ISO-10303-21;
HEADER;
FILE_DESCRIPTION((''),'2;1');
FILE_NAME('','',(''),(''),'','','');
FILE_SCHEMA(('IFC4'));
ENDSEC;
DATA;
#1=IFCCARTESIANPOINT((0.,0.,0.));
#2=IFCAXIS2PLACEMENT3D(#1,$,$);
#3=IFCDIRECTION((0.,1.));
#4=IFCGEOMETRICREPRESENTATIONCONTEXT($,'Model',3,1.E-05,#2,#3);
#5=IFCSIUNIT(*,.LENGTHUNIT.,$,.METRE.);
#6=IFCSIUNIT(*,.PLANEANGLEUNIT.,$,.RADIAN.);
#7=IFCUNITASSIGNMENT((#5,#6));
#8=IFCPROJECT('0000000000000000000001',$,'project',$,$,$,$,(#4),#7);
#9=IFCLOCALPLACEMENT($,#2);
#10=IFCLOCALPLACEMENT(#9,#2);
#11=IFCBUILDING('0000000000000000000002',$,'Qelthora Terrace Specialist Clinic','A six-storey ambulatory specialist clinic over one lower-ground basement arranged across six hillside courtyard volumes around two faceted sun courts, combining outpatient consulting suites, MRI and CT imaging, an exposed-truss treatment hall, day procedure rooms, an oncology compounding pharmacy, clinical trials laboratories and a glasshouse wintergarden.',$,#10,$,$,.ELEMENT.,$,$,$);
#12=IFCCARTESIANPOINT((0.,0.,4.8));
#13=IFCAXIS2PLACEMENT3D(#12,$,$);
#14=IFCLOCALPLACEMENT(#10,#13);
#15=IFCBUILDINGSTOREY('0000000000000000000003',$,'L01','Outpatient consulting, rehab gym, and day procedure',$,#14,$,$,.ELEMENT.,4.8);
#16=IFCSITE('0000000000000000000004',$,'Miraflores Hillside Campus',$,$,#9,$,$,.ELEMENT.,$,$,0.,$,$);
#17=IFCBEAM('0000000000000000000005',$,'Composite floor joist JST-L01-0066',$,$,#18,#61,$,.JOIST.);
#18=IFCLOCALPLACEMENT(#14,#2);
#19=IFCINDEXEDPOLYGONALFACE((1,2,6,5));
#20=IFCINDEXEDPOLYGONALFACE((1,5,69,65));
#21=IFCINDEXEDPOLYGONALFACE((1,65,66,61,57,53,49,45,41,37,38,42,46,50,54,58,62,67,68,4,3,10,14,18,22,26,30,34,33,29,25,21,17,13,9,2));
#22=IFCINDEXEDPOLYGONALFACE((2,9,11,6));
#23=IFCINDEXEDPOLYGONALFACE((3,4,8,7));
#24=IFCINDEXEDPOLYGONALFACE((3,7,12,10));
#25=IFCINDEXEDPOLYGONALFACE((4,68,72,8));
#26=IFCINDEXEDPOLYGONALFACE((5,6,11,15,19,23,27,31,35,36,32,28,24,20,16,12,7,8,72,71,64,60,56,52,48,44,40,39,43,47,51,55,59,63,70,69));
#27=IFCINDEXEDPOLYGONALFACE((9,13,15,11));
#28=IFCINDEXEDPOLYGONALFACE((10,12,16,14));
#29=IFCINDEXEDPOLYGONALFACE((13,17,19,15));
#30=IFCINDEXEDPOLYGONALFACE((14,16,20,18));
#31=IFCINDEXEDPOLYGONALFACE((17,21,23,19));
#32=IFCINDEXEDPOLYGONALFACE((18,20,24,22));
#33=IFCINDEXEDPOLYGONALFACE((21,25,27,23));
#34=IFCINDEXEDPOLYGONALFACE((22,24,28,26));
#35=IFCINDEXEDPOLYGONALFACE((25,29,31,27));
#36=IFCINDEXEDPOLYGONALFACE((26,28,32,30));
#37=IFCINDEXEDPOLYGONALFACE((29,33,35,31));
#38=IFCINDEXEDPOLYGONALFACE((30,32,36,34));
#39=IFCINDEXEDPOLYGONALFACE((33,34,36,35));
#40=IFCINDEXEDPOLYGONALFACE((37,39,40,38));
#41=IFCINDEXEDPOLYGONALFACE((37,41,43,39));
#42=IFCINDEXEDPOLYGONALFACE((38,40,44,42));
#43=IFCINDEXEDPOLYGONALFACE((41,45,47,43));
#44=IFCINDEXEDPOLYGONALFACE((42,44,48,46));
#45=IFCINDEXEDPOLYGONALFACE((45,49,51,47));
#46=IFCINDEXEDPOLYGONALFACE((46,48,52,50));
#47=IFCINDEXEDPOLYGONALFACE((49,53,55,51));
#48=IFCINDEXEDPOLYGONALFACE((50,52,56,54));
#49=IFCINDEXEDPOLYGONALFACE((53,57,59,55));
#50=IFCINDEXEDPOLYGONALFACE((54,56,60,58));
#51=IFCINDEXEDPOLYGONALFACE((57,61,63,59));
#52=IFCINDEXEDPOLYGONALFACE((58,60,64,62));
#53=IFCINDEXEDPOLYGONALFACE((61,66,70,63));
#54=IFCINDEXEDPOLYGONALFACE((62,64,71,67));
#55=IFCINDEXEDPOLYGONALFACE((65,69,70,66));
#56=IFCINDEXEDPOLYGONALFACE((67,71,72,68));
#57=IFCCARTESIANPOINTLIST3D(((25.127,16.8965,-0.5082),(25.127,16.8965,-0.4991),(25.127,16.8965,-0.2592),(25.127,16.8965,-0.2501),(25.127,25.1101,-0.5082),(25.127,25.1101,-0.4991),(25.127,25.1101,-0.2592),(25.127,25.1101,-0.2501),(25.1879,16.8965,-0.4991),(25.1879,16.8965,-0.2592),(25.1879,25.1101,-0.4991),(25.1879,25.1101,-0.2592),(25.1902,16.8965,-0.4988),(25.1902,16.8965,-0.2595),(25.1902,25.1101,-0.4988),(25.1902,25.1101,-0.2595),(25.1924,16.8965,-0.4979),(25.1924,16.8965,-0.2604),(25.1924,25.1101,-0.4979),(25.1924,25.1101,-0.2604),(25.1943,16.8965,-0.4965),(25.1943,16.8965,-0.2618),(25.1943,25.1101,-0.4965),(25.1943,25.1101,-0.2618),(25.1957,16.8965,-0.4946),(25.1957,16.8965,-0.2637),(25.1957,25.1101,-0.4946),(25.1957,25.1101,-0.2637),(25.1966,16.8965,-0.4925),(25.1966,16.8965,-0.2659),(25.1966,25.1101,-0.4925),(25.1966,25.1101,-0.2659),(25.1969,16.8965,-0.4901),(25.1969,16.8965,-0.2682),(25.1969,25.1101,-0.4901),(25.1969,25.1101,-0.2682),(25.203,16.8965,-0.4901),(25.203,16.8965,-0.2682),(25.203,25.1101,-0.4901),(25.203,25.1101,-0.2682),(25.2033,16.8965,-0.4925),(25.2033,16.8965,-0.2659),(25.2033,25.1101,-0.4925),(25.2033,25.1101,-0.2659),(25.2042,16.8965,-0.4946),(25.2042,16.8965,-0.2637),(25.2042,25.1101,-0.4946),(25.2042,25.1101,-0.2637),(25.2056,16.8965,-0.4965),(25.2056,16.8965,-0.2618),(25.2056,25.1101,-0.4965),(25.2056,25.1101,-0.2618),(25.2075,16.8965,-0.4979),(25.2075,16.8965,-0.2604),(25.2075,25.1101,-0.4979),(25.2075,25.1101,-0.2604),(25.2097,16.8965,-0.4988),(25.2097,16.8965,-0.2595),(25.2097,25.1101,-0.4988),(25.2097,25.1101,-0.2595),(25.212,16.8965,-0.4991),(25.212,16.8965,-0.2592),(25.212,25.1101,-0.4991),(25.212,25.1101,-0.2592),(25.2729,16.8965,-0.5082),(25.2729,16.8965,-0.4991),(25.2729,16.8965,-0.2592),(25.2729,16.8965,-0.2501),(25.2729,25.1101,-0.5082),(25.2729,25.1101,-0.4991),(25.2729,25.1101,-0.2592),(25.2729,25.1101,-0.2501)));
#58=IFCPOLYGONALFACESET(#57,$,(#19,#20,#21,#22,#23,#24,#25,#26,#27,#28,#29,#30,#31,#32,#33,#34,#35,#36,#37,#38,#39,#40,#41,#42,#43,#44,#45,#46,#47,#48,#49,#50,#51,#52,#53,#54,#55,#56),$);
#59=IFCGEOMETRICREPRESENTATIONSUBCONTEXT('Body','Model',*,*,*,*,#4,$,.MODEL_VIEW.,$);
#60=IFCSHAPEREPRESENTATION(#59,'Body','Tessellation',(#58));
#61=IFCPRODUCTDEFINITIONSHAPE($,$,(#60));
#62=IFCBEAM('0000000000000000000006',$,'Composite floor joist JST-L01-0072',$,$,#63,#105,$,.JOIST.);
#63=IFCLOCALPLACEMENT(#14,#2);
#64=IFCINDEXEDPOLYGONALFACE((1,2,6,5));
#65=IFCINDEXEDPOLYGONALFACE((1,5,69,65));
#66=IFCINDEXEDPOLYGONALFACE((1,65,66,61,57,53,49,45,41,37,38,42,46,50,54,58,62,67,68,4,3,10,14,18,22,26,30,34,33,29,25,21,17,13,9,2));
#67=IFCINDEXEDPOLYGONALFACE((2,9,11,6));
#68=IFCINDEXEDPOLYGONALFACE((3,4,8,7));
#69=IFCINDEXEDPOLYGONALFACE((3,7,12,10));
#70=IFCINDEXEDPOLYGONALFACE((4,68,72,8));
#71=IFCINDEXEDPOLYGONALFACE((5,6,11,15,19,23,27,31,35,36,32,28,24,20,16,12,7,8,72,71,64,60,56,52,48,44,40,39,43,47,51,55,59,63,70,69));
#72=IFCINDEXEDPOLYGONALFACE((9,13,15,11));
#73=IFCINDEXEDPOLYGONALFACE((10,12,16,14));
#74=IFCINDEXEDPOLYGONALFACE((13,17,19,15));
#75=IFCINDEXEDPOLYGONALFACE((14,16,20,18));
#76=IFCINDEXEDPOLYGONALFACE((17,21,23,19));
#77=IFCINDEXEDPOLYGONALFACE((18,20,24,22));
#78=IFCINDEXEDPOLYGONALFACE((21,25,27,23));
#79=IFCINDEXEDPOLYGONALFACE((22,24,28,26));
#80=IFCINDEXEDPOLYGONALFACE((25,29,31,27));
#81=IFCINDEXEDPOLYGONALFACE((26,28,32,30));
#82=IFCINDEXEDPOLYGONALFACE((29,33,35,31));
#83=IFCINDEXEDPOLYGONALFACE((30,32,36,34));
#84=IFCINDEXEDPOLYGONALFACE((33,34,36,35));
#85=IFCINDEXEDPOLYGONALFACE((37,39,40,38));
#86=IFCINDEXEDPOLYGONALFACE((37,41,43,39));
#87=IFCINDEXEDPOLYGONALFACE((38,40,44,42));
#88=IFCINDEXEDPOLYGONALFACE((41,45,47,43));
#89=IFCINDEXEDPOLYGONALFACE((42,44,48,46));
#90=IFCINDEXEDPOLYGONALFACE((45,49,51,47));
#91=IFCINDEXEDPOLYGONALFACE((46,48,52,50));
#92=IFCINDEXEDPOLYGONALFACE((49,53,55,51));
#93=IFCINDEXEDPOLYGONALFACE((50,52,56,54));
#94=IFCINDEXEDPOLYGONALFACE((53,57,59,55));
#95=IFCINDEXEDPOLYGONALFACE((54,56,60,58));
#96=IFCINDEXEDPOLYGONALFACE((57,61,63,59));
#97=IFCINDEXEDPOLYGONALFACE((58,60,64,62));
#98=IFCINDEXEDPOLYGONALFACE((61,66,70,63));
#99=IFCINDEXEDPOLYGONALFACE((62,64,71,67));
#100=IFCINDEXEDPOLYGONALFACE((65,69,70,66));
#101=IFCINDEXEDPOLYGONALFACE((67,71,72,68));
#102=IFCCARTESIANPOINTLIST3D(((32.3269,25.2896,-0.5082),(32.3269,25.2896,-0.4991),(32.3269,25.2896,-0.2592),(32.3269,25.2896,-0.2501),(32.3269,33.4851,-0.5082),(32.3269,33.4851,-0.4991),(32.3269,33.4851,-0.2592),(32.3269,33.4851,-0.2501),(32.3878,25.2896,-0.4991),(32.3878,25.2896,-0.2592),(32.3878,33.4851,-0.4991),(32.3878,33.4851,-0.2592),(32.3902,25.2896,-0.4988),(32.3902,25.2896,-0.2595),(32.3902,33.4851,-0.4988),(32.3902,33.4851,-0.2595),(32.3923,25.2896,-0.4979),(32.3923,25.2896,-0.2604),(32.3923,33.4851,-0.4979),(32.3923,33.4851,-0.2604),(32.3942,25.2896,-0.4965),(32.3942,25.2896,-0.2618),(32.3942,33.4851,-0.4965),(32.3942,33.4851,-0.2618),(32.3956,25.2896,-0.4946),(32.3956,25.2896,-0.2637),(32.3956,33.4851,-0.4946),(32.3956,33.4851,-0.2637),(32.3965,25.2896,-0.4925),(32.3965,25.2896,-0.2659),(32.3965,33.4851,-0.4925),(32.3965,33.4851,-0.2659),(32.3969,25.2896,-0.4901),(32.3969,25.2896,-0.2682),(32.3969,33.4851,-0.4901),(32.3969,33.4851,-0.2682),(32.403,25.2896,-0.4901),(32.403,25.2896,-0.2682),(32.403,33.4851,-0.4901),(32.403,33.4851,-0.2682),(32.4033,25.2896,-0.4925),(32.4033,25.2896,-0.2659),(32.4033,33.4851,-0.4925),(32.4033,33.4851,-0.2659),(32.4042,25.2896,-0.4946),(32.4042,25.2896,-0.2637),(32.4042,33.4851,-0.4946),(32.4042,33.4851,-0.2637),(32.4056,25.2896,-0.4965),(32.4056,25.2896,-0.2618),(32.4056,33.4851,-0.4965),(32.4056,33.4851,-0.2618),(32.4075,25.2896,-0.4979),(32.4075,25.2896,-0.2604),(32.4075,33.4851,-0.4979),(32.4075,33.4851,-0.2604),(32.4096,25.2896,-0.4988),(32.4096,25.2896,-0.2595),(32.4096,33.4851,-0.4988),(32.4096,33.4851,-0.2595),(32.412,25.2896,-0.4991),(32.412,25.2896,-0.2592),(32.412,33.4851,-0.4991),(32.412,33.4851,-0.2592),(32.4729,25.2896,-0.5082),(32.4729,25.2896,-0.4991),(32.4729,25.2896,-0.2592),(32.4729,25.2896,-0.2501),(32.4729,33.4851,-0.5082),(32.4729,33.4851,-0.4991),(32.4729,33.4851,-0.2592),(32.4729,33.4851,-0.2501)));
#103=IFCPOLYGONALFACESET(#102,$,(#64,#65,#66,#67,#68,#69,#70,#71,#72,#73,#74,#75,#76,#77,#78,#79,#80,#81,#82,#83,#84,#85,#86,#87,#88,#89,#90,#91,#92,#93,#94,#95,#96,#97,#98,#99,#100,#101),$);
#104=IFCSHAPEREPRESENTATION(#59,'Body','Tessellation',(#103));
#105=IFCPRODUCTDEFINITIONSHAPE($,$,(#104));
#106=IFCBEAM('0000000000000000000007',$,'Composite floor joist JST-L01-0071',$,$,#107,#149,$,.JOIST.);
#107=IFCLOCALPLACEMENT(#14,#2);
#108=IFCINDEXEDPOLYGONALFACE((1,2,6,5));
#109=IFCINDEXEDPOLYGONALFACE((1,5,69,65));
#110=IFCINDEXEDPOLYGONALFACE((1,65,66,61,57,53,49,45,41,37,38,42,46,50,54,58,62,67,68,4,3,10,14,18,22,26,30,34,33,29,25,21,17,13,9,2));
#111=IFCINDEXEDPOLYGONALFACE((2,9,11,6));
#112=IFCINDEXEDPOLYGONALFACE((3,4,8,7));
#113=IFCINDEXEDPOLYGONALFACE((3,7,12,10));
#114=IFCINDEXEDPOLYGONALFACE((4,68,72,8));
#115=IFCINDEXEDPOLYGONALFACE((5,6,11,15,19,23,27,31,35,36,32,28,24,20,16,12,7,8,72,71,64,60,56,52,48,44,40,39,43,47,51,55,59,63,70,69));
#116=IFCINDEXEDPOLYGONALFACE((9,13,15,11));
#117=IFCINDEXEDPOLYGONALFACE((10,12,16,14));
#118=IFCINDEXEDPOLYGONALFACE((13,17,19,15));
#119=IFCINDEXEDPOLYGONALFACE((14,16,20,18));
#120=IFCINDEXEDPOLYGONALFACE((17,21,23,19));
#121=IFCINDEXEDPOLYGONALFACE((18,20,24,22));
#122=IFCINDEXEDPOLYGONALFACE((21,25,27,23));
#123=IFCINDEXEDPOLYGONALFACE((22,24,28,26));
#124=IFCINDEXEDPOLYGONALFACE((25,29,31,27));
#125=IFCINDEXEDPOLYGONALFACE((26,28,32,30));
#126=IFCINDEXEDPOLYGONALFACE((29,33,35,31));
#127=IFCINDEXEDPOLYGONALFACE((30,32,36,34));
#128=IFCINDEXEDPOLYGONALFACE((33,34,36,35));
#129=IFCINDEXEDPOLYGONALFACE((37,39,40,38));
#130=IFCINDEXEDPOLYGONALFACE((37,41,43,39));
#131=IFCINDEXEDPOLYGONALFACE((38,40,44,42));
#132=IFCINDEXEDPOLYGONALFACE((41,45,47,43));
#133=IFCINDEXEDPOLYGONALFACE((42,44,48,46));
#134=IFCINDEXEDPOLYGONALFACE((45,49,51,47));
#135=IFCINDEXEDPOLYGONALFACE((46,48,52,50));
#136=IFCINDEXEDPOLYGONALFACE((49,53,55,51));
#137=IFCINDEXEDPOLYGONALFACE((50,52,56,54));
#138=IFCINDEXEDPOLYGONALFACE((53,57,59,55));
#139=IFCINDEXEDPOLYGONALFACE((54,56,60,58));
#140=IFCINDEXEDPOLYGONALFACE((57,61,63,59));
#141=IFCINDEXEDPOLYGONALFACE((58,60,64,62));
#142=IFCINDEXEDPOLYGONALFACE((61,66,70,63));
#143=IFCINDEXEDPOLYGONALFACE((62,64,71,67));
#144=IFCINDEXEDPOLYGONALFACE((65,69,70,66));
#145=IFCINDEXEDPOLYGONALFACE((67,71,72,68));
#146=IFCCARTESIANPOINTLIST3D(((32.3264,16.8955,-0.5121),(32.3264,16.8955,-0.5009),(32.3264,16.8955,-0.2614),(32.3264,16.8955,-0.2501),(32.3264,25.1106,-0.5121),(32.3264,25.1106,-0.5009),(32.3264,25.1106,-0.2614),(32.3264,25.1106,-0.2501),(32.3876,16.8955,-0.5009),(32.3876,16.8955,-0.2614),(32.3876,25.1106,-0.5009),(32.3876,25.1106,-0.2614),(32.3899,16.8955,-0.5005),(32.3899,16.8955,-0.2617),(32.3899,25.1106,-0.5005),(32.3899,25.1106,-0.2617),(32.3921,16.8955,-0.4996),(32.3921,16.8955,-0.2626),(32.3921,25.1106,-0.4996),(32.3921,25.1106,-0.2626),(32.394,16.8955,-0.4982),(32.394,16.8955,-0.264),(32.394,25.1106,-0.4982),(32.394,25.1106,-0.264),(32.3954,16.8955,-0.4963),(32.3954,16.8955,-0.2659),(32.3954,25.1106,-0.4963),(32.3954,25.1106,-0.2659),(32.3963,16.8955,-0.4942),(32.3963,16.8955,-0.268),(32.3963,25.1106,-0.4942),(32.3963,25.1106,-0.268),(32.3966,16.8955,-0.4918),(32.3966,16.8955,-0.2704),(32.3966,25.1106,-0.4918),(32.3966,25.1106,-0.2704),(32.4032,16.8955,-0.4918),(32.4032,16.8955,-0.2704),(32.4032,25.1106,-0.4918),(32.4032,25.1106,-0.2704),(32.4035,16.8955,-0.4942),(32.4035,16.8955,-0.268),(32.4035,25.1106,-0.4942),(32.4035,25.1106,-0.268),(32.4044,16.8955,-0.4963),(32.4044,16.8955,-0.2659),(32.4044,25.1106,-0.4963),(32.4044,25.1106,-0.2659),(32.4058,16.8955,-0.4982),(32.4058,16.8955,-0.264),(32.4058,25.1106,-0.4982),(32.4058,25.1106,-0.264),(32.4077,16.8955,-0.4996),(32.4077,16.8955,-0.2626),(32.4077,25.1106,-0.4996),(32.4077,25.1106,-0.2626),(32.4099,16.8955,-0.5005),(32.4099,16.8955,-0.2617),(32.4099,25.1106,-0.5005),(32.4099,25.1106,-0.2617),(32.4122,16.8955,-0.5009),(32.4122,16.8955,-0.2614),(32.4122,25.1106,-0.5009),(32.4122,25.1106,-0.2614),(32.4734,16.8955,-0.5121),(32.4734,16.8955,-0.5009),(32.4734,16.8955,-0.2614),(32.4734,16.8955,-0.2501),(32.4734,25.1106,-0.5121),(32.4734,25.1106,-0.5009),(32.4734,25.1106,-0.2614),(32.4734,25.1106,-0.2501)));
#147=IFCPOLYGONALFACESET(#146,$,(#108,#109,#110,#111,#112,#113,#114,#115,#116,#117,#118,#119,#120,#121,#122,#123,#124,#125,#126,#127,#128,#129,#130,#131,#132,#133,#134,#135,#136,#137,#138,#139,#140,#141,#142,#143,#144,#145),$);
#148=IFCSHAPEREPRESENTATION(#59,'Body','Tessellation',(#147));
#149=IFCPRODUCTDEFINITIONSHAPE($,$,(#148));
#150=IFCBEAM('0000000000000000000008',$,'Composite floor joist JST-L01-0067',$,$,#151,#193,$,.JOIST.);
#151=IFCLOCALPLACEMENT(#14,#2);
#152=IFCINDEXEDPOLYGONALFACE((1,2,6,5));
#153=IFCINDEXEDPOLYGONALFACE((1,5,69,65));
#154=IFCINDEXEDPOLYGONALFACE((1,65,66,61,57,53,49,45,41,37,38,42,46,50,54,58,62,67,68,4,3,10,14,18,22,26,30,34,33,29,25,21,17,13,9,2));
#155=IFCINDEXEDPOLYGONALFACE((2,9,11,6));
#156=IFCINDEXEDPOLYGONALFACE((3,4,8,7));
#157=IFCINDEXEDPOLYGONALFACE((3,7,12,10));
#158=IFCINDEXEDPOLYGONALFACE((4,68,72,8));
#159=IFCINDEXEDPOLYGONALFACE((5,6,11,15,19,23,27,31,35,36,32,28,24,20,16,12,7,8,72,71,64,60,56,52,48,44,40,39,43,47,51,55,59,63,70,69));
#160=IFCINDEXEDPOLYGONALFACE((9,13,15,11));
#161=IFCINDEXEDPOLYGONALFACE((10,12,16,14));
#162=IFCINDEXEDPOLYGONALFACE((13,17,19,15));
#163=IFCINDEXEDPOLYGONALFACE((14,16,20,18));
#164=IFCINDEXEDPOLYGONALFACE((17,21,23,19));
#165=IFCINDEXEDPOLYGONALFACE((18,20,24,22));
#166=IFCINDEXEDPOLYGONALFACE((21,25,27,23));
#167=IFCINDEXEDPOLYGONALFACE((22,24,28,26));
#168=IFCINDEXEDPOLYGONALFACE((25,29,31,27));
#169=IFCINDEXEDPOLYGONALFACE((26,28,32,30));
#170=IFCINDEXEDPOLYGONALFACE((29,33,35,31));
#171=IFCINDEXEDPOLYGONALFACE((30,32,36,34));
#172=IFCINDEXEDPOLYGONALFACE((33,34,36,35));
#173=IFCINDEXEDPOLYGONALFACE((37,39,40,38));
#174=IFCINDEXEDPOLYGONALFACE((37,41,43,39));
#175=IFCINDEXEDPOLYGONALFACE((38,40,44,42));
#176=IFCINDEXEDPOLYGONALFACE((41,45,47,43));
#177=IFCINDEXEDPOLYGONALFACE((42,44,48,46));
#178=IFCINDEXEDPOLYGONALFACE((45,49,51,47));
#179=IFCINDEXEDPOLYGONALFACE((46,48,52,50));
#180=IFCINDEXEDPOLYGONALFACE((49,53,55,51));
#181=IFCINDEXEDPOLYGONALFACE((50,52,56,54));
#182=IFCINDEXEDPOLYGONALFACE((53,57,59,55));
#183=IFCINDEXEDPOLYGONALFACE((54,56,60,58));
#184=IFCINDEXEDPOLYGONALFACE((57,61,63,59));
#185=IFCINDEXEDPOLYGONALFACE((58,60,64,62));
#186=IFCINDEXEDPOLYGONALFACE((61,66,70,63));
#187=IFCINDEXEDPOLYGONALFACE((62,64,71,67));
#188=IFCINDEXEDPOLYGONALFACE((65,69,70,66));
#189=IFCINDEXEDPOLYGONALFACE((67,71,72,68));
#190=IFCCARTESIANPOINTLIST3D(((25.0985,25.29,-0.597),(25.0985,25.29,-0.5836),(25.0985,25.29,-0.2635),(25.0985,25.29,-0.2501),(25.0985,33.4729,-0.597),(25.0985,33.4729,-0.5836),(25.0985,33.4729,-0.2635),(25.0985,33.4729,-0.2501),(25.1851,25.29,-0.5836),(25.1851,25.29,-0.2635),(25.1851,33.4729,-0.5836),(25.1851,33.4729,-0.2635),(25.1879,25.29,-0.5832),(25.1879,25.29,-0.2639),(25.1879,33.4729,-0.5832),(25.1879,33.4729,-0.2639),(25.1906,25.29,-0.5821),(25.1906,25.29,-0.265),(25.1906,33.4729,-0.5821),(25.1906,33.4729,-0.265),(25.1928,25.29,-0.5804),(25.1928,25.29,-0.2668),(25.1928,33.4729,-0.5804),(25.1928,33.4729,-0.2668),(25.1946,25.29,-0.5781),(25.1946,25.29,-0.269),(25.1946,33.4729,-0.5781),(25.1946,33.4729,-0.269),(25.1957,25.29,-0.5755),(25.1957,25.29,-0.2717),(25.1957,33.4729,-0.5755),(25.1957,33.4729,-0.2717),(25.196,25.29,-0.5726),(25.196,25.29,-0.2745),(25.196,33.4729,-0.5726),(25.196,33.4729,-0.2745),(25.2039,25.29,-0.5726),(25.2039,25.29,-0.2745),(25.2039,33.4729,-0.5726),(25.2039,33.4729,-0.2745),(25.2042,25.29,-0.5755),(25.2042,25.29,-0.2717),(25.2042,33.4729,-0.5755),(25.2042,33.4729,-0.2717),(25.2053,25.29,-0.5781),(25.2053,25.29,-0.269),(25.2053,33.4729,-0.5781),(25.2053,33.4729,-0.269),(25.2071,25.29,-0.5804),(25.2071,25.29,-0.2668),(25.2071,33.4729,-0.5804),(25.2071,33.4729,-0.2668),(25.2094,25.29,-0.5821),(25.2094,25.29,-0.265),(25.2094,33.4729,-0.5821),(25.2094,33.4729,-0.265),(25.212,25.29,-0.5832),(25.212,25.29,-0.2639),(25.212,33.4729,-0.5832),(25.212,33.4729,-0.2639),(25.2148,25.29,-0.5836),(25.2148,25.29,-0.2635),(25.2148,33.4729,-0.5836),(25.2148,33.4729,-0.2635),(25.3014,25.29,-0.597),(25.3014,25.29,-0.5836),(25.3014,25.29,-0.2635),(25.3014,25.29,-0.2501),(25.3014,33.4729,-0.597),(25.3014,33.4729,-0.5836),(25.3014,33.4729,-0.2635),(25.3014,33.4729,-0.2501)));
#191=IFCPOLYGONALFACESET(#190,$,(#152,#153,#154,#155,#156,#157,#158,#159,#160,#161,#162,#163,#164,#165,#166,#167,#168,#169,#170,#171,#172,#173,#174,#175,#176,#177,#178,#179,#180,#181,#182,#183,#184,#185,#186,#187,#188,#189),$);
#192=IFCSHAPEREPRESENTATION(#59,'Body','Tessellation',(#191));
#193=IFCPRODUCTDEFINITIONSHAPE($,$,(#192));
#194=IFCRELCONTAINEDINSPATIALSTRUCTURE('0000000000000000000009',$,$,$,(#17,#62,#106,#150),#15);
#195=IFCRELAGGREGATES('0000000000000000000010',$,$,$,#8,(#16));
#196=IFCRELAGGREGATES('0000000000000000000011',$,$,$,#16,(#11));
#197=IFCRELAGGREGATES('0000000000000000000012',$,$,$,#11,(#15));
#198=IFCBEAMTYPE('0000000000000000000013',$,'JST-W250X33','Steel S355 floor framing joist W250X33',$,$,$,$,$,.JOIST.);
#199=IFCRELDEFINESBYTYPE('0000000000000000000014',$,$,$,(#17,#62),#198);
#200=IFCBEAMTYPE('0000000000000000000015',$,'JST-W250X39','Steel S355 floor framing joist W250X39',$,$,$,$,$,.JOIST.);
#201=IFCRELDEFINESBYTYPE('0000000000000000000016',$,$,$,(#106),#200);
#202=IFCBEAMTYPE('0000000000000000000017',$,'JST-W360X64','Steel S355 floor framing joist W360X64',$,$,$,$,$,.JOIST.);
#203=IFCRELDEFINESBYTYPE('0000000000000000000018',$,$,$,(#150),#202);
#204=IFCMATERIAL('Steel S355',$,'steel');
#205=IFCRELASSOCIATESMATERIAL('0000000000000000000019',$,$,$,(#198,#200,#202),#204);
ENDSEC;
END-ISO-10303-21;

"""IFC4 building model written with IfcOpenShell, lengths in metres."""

from ifc_helpers import new_model, si_unit, direction, frame, origin, origin_2d, place, context, subcontext, project, spatial, i_section, extrude, material, material_profile, profile_set, type_object, element, save


model = new_model("IFC4")

# Units and contexts
model_context = context("Model", 3, precision=1e-05, world=origin(), true_north=direction((0.0, 1.0)))
body_context = subcontext(model_context, "Body", "Model", "MODEL_VIEW")
ifc_project = project(units=[si_unit("LENGTHUNIT", "METRE"), si_unit("PLANEANGLEUNIT", "RADIAN")], contexts=[model_context])

# Site, building, storey
site_placement = place(None, origin())
site = spatial("IfcSite", under=ifc_project, at=site_placement, Name="Miraflores Hillside Campus", CompositionType="ELEMENT", RefElevation=0.0)
building_placement = place(site_placement, origin())
building = spatial("IfcBuilding", under=site, at=building_placement, Name="Qelthora Terrace Specialist Clinic", Description="A six-storey ambulatory specialist clinic over one lower-ground basement arranged across six hillside courtyard volumes around two faceted sun courts, combining outpatient consulting suites, MRI and CT imaging, an exposed-truss treatment hall, day procedure rooms, an oncology compounding pharmacy, clinical trials laboratories and a glasshouse wintergarden.", CompositionType="ELEMENT")
storey_placement = place(building_placement, frame((0.0, 0.0, 4.8)))
storey = spatial("IfcBuildingStorey", under=building, at=storey_placement, Name="L01", Description="Outpatient consulting, rehab gym, and day procedure", CompositionType="ELEMENT", Elevation=4.8)

# Shared definitions
ifc_material_1 = material(Name="Steel S355", Category="steel")

# Beams
ifc_material_profile_1 = material_profile(ifc_material_1, i_section(OverallWidth=0.146, OverallDepth=0.2581, WebThickness=0.0061, FlangeThickness=0.009, FilletRadius=0.009, at=origin_2d()), Name="W250X33")
ifc_profile_set_1 = profile_set([ifc_material_profile_1], Name="Steel S355")
beam_type_1 = type_object("IfcBeamType", Name="JST-W250X33", Description="Steel S355 floor framing joist W250X33", PredefinedType="JOIST", material=ifc_profile_set_1)
beam_1_placement = place(storey_placement, frame((25.2, 16.8965, -0.3792), z_axis=(0.0, 1.0, 0.0), x_axis=(-1.0, 0.0, 0.0)))
element("IfcBeam", 1, at=beam_1_placement, inside=storey, type_object=beam_type_1, Name="Composite floor joist JST-L01-0066", PredefinedType="JOIST", context=body_context, shape_type="SweptSolid", body=[
    extrude(i_section(OverallWidth=0.146, OverallDepth=0.2581, WebThickness=0.0061, FlangeThickness=0.009, FilletRadius=0.009, at=origin_2d()), origin(), (0.0, 0.0, 1.0), 8.2136),
])
beam_2_placement = place(storey_placement, frame((32.3999, 25.2896, -0.3792), z_axis=(0.0, 1.0, 0.0), x_axis=(-1.0, 0.0, 0.0)))
element("IfcBeam", 2, at=beam_2_placement, inside=storey, type_object=beam_type_1, Name="Composite floor joist JST-L01-0072", PredefinedType="JOIST", context=body_context, shape_type="SweptSolid", body=[
    extrude(i_section(OverallWidth=0.146, OverallDepth=0.2581, WebThickness=0.0061, FlangeThickness=0.009, FilletRadius=0.009, at=origin_2d()), origin(), (0.0, 0.0, 1.0), 8.1956),
])
ifc_material_profile_2 = material_profile(ifc_material_1, i_section(OverallWidth=0.147, OverallDepth=0.262, WebThickness=0.0066, FlangeThickness=0.0112, FilletRadius=0.009, at=origin_2d()), Name="W250X39")
ifc_profile_set_2 = profile_set([ifc_material_profile_2], Name="Steel S355")
beam_type_2 = type_object("IfcBeamType", Name="JST-W250X39", Description="Steel S355 floor framing joist W250X39", PredefinedType="JOIST", material=ifc_profile_set_2)
beam_3_placement = place(storey_placement, frame((32.3999, 16.8955, -0.3811), z_axis=(0.0, 1.0, 0.0), x_axis=(-1.0, 0.0, 0.0)))
element("IfcBeam", 3, at=beam_3_placement, inside=storey, type_object=beam_type_2, Name="Composite floor joist JST-L01-0071", PredefinedType="JOIST", context=body_context, shape_type="SweptSolid", body=[
    extrude(i_section(OverallWidth=0.147, OverallDepth=0.262, WebThickness=0.0066, FlangeThickness=0.0112, FilletRadius=0.009, at=origin_2d()), origin(), (0.0, 0.0, 1.0), 8.2151),
])
ifc_material_profile_3 = material_profile(ifc_material_1, i_section(OverallWidth=0.2029, OverallDepth=0.3469, WebThickness=0.0078, FlangeThickness=0.0134, FilletRadius=0.011, at=origin_2d()), Name="W360X64")
ifc_profile_set_3 = profile_set([ifc_material_profile_3], Name="Steel S355")
beam_type_3 = type_object("IfcBeamType", Name="JST-W360X64", Description="Steel S355 floor framing joist W360X64", PredefinedType="JOIST", material=ifc_profile_set_3)
beam_4_placement = place(storey_placement, frame((25.2, 25.29, -0.4236), z_axis=(0.0, 1.0, 0.0), x_axis=(-1.0, 0.0, 0.0)))
element("IfcBeam", 4, at=beam_4_placement, inside=storey, type_object=beam_type_3, Name="Composite floor joist JST-L01-0067", PredefinedType="JOIST", context=body_context, shape_type="SweptSolid", body=[
    extrude(i_section(OverallWidth=0.2029, OverallDepth=0.3469, WebThickness=0.0078, FlangeThickness=0.0134, FilletRadius=0.011, at=origin_2d()), origin(), (0.0, 0.0, 1.0), 8.1829),
])

save(model, "model.ifc")
